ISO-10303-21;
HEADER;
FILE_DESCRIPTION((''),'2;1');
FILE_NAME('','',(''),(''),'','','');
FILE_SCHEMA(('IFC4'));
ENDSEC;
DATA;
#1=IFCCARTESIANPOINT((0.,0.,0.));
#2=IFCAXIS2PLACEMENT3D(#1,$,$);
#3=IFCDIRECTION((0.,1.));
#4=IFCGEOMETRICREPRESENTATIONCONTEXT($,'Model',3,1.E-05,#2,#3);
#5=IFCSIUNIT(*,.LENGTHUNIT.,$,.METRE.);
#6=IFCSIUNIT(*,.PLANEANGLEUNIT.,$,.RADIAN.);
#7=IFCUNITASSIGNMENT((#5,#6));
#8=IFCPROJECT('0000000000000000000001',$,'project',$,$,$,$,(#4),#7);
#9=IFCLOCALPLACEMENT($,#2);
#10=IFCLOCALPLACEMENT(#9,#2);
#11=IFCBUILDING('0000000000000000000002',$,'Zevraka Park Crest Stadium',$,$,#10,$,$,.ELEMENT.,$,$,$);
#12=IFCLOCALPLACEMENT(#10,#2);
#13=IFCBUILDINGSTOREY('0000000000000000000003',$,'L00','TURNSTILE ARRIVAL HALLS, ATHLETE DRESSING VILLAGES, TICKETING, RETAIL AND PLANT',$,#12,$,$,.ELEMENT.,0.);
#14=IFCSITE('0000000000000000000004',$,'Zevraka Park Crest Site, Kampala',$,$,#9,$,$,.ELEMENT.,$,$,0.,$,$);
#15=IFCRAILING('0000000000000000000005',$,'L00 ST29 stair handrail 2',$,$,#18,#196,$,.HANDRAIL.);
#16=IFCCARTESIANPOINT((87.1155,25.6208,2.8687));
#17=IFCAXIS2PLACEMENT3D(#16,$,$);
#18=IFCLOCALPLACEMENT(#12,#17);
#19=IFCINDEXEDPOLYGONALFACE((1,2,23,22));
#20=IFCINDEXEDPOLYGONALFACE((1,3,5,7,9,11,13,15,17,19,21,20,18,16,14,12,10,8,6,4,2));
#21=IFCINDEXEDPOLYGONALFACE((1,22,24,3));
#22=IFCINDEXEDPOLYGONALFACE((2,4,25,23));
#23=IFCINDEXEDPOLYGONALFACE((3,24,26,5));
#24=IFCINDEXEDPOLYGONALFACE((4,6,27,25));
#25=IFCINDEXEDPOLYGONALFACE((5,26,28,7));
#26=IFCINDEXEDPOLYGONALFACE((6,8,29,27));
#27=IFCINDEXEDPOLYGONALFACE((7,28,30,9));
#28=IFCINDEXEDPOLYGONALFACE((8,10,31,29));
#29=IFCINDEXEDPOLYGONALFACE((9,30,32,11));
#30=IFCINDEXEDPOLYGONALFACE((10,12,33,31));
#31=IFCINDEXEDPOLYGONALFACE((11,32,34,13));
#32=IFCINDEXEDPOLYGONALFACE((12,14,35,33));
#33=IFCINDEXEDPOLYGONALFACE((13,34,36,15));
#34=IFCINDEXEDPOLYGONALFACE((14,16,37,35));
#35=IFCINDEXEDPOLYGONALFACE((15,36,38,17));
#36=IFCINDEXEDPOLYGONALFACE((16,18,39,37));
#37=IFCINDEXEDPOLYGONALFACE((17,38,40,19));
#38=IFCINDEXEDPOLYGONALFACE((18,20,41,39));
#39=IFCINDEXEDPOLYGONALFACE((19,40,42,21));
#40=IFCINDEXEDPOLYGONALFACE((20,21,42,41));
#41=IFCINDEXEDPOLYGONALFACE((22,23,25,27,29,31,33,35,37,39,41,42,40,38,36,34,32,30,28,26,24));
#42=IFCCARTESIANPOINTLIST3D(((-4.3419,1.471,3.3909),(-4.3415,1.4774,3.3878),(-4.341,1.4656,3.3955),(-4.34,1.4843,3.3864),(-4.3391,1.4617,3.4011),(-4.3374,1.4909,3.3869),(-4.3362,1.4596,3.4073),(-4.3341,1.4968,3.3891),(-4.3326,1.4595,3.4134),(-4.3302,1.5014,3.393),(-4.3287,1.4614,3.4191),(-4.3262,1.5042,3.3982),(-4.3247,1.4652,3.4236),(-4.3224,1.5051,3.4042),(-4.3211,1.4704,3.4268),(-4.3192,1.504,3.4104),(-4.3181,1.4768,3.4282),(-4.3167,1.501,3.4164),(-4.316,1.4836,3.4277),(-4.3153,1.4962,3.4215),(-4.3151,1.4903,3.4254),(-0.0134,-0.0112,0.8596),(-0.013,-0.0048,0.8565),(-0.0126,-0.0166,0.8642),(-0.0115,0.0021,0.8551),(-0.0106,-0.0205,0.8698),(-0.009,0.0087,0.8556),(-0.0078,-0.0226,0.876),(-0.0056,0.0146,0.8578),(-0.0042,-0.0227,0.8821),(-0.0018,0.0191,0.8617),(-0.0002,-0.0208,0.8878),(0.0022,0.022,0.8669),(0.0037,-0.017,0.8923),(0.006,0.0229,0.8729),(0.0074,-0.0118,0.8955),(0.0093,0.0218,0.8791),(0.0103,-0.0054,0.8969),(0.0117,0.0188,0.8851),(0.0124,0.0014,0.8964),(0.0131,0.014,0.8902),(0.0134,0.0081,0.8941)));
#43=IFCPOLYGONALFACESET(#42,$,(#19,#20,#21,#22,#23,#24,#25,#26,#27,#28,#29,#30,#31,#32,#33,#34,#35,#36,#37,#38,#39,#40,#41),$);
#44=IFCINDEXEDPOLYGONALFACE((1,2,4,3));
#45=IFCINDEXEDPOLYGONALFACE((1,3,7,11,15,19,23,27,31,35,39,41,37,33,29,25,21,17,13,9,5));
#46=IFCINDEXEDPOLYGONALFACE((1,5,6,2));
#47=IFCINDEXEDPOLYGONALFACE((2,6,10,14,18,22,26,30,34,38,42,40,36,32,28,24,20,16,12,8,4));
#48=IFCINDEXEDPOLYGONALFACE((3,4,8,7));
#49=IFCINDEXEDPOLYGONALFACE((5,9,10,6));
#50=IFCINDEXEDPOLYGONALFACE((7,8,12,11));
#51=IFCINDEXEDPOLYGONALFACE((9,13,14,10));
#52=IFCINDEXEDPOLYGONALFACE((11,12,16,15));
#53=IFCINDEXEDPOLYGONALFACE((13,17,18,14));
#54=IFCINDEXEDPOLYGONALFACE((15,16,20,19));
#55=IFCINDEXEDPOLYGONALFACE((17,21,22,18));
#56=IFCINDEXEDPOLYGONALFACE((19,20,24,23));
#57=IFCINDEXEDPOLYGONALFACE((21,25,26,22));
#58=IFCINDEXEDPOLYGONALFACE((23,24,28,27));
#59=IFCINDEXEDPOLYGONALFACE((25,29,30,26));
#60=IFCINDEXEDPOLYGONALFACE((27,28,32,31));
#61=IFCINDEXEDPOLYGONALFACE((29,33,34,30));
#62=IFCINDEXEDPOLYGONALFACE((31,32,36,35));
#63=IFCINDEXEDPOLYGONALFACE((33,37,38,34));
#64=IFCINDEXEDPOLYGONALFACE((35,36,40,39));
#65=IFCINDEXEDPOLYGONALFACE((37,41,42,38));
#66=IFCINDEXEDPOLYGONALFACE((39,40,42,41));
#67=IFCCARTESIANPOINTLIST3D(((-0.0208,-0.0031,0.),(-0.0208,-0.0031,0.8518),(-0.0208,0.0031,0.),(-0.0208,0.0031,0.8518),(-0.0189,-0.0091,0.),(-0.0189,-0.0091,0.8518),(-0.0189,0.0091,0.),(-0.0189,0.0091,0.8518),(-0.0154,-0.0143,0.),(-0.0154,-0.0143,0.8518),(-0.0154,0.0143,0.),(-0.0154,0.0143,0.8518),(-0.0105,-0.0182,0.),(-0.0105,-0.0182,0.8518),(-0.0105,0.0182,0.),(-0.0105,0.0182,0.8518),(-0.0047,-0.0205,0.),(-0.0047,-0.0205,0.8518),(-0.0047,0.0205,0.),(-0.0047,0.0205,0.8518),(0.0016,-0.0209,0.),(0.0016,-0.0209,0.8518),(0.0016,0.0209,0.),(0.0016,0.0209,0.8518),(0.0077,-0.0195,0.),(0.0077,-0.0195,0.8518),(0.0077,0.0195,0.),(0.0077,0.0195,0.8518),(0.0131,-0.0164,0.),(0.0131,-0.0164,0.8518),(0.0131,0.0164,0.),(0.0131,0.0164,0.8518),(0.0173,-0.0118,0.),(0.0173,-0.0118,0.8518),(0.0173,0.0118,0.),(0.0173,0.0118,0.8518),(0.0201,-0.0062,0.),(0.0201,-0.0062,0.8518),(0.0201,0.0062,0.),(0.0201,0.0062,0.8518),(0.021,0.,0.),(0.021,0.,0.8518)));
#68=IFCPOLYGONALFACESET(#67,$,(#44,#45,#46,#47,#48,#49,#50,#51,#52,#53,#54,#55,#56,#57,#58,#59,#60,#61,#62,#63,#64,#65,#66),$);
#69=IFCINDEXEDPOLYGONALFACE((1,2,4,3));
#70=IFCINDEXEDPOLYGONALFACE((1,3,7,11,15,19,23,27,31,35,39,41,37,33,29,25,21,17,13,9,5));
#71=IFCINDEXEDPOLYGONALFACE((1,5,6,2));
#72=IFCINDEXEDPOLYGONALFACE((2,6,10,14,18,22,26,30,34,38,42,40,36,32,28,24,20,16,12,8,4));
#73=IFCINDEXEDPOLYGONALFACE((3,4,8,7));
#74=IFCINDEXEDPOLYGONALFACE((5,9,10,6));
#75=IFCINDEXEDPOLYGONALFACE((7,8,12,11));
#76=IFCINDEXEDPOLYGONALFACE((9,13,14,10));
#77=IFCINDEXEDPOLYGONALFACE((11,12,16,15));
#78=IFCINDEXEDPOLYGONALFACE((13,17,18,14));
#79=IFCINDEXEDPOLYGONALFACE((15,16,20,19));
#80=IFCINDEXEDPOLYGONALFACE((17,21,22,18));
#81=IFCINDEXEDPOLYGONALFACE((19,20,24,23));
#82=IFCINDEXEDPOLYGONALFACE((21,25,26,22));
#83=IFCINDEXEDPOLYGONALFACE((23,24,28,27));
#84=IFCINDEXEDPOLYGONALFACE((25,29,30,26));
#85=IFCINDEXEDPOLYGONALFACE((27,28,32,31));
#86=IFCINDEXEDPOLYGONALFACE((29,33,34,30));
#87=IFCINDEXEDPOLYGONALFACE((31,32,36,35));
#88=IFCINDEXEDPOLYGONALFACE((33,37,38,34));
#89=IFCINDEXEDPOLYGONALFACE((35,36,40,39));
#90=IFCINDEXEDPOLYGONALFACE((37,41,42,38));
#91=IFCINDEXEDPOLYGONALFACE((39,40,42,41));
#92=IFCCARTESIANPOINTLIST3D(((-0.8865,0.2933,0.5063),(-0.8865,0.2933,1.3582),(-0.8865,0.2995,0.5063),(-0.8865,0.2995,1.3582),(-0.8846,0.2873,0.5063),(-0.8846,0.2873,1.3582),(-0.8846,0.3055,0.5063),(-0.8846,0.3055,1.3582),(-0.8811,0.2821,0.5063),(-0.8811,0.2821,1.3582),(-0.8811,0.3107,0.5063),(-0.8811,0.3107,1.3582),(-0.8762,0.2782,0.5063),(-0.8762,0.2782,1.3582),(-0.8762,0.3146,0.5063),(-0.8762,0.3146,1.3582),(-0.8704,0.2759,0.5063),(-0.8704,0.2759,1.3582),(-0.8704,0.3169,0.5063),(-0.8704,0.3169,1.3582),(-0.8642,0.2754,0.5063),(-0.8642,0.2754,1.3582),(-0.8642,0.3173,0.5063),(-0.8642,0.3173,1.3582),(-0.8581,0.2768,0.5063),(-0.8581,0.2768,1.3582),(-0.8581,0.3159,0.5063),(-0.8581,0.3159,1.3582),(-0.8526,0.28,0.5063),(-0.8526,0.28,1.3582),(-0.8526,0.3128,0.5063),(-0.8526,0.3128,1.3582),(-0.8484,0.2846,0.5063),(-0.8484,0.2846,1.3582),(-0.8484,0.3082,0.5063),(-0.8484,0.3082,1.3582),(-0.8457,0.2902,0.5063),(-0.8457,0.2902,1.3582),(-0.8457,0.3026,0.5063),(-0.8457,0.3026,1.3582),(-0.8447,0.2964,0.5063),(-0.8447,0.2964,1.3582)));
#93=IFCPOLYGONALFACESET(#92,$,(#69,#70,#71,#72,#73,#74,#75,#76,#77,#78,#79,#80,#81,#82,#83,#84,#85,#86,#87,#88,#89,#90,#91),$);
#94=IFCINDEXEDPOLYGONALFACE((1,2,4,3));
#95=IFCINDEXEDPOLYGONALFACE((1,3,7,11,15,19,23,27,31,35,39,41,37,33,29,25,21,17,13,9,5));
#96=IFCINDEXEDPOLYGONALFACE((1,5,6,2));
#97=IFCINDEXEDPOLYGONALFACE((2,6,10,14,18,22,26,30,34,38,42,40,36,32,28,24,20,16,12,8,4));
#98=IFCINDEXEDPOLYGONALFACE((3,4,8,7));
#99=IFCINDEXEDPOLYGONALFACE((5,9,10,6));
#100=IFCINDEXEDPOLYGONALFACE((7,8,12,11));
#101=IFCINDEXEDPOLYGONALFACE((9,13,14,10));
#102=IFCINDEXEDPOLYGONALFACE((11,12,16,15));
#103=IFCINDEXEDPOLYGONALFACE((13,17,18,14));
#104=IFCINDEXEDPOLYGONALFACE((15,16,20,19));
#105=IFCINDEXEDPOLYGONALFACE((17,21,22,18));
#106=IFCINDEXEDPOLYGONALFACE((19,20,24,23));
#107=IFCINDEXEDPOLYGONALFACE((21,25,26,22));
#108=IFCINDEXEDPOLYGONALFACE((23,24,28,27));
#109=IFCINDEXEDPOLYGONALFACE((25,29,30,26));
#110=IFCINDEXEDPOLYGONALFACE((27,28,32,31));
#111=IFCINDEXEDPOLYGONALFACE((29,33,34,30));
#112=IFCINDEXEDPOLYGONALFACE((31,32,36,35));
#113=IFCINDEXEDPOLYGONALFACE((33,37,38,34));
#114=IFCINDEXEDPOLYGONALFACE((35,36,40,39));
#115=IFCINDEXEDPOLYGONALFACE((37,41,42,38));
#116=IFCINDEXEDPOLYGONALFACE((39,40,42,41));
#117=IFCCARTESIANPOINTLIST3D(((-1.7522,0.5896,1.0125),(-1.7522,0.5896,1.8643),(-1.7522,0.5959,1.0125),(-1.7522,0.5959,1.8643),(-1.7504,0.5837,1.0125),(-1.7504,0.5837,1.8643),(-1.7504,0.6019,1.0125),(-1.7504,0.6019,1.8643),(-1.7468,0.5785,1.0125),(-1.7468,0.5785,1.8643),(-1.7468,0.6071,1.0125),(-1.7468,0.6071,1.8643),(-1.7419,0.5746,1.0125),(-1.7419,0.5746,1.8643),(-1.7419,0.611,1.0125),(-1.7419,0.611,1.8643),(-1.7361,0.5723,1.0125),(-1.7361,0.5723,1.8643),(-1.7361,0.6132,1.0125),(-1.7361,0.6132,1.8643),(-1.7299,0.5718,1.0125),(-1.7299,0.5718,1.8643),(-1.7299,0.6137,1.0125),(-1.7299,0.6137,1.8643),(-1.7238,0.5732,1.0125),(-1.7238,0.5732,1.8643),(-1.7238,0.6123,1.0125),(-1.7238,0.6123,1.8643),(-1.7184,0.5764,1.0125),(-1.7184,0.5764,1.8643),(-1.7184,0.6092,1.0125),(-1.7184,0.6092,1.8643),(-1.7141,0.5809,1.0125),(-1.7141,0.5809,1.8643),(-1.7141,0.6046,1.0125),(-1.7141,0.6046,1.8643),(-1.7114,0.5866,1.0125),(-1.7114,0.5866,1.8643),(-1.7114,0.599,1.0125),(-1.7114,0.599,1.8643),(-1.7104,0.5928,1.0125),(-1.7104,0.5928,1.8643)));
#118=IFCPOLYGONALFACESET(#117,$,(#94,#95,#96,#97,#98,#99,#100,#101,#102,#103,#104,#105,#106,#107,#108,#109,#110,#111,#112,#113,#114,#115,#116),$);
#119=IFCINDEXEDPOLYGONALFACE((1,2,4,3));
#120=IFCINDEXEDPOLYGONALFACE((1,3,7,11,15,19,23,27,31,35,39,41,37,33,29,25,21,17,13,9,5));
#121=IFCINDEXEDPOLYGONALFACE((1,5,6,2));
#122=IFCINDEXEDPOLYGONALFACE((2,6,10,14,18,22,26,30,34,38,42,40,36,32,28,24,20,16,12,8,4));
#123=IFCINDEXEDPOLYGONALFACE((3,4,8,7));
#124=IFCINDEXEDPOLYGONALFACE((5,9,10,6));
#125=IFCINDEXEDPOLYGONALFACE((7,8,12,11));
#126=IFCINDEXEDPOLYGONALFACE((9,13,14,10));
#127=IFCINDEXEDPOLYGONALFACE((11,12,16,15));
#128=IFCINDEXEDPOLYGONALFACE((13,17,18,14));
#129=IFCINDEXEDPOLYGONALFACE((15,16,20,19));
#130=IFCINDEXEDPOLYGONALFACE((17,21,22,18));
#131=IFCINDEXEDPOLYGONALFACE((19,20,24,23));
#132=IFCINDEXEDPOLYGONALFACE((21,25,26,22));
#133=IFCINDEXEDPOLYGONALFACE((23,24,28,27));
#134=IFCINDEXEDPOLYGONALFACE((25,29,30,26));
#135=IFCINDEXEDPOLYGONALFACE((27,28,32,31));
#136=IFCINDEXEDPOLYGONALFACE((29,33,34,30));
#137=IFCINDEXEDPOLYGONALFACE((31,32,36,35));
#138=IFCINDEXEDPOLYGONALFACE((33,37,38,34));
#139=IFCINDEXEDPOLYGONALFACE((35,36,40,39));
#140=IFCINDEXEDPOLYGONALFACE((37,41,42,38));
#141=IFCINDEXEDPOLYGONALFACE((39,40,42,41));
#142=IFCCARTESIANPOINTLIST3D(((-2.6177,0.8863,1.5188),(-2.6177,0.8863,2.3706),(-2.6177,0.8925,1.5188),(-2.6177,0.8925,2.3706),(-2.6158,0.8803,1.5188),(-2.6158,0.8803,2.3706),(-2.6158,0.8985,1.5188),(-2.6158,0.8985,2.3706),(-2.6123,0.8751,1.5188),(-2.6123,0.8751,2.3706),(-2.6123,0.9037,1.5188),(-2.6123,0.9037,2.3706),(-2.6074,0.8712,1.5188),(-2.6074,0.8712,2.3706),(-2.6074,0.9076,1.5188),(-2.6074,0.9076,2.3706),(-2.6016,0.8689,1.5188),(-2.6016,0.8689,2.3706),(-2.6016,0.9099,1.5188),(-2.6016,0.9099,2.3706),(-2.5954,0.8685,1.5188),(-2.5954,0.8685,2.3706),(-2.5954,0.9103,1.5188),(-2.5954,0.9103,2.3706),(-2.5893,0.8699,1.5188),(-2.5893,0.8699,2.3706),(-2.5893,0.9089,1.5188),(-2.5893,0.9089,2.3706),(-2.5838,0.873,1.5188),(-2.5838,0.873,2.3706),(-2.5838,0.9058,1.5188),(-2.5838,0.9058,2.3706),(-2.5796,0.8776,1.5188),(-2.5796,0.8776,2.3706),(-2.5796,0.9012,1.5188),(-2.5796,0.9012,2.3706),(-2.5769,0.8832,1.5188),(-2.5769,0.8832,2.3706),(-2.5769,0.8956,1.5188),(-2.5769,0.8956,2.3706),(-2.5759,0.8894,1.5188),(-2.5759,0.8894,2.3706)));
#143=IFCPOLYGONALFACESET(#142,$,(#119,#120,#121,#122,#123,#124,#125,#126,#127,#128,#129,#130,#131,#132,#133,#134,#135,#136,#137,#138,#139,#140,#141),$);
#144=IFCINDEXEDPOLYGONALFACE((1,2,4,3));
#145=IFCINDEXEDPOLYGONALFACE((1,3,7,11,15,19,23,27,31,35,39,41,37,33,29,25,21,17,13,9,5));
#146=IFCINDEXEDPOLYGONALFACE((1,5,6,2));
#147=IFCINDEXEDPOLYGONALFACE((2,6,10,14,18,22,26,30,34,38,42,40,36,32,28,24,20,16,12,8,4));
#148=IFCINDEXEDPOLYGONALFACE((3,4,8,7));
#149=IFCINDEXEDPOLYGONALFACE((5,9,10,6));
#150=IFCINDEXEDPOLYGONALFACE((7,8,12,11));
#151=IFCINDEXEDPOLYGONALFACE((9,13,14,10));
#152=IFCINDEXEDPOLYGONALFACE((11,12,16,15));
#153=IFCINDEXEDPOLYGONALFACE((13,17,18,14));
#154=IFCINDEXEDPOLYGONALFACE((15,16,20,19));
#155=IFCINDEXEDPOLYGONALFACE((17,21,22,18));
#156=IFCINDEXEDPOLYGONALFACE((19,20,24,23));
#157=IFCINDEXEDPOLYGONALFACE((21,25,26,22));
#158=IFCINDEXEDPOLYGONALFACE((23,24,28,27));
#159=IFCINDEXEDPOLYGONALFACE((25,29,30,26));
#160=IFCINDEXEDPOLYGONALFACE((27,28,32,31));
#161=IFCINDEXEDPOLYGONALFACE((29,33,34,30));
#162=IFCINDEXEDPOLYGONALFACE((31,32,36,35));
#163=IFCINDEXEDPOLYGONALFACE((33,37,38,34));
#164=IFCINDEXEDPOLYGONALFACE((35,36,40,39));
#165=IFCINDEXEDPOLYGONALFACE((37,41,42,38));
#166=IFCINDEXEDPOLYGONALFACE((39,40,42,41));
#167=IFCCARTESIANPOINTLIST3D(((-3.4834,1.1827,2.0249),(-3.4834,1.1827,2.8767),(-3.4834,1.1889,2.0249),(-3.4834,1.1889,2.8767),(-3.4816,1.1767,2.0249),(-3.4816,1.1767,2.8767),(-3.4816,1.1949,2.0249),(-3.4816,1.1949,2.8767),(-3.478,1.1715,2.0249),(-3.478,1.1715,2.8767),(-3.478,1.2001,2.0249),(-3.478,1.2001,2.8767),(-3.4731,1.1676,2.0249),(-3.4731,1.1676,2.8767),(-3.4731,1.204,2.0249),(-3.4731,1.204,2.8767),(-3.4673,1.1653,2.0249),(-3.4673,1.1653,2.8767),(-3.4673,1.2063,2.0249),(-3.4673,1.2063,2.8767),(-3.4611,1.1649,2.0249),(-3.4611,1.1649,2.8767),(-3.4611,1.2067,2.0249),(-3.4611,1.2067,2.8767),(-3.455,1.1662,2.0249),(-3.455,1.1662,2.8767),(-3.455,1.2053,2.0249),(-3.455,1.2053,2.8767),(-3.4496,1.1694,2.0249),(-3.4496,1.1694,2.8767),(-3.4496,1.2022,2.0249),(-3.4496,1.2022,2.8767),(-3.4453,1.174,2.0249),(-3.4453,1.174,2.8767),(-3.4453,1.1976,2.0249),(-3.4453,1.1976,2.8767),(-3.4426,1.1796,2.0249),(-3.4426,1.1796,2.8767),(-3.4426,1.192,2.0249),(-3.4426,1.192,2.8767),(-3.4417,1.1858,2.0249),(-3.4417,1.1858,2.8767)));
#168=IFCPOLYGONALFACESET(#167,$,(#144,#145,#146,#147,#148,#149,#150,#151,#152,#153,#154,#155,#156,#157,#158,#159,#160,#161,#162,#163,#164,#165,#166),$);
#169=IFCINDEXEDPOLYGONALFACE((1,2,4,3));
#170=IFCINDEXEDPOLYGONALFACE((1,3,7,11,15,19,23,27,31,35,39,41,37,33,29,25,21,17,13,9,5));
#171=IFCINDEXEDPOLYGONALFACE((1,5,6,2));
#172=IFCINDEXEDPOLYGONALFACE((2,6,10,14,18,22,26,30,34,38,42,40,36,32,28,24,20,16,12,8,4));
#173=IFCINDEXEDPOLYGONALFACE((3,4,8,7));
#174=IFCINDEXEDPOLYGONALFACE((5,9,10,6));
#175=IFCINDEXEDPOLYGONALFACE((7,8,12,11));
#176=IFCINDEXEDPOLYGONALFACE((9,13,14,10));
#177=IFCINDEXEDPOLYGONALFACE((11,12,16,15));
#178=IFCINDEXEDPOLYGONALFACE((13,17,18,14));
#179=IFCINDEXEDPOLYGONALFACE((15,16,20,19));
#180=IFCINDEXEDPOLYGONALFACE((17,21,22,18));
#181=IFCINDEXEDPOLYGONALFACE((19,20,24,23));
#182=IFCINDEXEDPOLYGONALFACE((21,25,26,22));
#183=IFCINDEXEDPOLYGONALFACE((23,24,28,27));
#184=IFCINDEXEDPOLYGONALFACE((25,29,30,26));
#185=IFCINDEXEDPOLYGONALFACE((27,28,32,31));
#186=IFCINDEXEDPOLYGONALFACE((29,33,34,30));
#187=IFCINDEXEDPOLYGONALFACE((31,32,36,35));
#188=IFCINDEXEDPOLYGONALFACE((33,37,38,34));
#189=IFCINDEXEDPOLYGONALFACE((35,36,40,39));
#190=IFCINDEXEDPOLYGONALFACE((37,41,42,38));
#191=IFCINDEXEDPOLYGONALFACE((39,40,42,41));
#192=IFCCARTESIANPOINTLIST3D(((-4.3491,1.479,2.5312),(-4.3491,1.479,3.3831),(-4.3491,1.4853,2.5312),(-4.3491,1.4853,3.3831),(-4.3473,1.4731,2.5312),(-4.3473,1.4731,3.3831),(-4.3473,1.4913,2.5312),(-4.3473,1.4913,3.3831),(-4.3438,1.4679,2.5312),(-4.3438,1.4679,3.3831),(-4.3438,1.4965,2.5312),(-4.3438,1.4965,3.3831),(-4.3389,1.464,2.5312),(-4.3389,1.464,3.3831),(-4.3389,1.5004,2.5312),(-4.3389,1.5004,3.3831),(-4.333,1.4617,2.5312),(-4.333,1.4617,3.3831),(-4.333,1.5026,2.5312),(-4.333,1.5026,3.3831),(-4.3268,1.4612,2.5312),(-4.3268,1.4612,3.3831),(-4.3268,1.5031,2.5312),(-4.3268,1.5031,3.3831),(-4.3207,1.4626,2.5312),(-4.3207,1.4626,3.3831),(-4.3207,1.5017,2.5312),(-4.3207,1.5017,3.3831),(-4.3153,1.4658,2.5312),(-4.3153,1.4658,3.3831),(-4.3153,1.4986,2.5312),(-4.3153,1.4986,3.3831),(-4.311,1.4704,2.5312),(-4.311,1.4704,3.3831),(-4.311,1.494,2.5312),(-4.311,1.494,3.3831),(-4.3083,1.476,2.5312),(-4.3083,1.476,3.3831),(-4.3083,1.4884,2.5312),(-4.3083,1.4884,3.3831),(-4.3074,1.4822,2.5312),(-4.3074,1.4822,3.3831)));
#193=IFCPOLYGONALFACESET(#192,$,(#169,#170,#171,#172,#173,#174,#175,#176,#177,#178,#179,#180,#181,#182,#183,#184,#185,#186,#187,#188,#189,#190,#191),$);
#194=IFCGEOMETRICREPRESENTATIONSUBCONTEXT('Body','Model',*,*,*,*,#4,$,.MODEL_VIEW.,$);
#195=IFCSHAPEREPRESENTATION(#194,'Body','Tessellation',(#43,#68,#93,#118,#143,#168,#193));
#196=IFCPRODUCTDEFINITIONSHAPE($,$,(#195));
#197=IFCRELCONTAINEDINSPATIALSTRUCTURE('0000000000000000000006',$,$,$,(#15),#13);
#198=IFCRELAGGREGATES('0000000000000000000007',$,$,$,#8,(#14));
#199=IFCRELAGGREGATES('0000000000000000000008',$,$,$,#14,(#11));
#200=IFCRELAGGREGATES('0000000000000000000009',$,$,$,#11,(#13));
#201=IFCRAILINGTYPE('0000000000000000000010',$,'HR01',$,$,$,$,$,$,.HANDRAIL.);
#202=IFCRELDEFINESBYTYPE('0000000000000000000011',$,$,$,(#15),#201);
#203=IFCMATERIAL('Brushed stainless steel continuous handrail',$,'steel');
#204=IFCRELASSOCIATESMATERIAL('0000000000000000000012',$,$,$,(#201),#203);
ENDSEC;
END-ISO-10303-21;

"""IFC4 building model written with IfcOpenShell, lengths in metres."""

from ifc_helpers import new_model, si_unit, direction, frame, origin, origin_2d, place, context, subcontext, project, spatial, circle, extrude, material, type_object, element, save


model = new_model("IFC4")

# Units and contexts
model_context = context("Model", 3, precision=1e-05, world=origin(), true_north=direction((0.0, 1.0)))
body_context = subcontext(model_context, "Body", "Model", "MODEL_VIEW")
ifc_project = project(units=[si_unit("LENGTHUNIT", "METRE"), si_unit("PLANEANGLEUNIT", "RADIAN")], contexts=[model_context])

# Site, building, storey
site_placement = place(None, origin())
site = spatial("IfcSite", under=ifc_project, at=site_placement, Name="Zevraka Park Crest Site, Kampala", CompositionType="ELEMENT", RefElevation=0.0)
building_placement = place(site_placement, origin())
building = spatial("IfcBuilding", under=site, at=building_placement, Name="Zevraka Park Crest Stadium", CompositionType="ELEMENT")
storey_placement = place(building_placement, origin())
storey = spatial("IfcBuildingStorey", under=building, at=storey_placement, Name="L00", Description="TURNSTILE ARRIVAL HALLS, ATHLETE DRESSING VILLAGES, TICKETING, RETAIL AND PLANT", CompositionType="ELEMENT", Elevation=0.0)

# Railing
ifc_material_1 = material(Name="Brushed stainless steel continuous handrail", Category="steel")
railing_type_1 = type_object("IfcRailingType", Name="HR01", PredefinedType="HANDRAIL", material=ifc_material_1)
railing_1_placement = place(storey_placement, frame((87.1155, 25.6208, 2.8687)))
element("IfcRailing", 1, at=railing_1_placement, inside=storey, type_object=railing_type_1, Name="L00 ST29 stair handrail 2", PredefinedType="HANDRAIL", context=body_context, shape_type="SweptSolid", body=[
    extrude(circle(Radius=0.0239, at=origin_2d()), frame((0.0, 0.0, 0.876), z_axis=(-0.827817, 0.283472, 0.484111), x_axis=(-0.323965, -0.946069, 0.0)), (0.0, 0.0, 1.0), 5.2288),
    extrude(circle(Radius=0.021, at=origin_2d()), origin(), (0.0, 0.0, 1.0), 0.8518),
    extrude(circle(Radius=0.021, at=origin_2d()), frame((-0.8657, 0.2964, 0.5063)), (0.0, 0.0, 1.0), 0.8518),
    extrude(circle(Radius=0.021, at=origin_2d()), frame((-1.7314, 0.5928, 1.0125)), (0.0, 0.0, 1.0), 0.8518),
    extrude(circle(Radius=0.021, at=origin_2d()), frame((-2.5969, 0.8894, 1.5188)), (0.0, 0.0, 1.0), 0.8518),
    extrude(circle(Radius=0.021, at=origin_2d()), frame((-3.4626, 1.1858, 2.0249)), (0.0, 0.0, 1.0), 0.8518),
    extrude(circle(Radius=0.021, at=origin_2d()), frame((-4.3284, 1.4822, 2.5312)), (0.0, 0.0, 1.0), 0.8518),
])

save(model, "model.ifc")
